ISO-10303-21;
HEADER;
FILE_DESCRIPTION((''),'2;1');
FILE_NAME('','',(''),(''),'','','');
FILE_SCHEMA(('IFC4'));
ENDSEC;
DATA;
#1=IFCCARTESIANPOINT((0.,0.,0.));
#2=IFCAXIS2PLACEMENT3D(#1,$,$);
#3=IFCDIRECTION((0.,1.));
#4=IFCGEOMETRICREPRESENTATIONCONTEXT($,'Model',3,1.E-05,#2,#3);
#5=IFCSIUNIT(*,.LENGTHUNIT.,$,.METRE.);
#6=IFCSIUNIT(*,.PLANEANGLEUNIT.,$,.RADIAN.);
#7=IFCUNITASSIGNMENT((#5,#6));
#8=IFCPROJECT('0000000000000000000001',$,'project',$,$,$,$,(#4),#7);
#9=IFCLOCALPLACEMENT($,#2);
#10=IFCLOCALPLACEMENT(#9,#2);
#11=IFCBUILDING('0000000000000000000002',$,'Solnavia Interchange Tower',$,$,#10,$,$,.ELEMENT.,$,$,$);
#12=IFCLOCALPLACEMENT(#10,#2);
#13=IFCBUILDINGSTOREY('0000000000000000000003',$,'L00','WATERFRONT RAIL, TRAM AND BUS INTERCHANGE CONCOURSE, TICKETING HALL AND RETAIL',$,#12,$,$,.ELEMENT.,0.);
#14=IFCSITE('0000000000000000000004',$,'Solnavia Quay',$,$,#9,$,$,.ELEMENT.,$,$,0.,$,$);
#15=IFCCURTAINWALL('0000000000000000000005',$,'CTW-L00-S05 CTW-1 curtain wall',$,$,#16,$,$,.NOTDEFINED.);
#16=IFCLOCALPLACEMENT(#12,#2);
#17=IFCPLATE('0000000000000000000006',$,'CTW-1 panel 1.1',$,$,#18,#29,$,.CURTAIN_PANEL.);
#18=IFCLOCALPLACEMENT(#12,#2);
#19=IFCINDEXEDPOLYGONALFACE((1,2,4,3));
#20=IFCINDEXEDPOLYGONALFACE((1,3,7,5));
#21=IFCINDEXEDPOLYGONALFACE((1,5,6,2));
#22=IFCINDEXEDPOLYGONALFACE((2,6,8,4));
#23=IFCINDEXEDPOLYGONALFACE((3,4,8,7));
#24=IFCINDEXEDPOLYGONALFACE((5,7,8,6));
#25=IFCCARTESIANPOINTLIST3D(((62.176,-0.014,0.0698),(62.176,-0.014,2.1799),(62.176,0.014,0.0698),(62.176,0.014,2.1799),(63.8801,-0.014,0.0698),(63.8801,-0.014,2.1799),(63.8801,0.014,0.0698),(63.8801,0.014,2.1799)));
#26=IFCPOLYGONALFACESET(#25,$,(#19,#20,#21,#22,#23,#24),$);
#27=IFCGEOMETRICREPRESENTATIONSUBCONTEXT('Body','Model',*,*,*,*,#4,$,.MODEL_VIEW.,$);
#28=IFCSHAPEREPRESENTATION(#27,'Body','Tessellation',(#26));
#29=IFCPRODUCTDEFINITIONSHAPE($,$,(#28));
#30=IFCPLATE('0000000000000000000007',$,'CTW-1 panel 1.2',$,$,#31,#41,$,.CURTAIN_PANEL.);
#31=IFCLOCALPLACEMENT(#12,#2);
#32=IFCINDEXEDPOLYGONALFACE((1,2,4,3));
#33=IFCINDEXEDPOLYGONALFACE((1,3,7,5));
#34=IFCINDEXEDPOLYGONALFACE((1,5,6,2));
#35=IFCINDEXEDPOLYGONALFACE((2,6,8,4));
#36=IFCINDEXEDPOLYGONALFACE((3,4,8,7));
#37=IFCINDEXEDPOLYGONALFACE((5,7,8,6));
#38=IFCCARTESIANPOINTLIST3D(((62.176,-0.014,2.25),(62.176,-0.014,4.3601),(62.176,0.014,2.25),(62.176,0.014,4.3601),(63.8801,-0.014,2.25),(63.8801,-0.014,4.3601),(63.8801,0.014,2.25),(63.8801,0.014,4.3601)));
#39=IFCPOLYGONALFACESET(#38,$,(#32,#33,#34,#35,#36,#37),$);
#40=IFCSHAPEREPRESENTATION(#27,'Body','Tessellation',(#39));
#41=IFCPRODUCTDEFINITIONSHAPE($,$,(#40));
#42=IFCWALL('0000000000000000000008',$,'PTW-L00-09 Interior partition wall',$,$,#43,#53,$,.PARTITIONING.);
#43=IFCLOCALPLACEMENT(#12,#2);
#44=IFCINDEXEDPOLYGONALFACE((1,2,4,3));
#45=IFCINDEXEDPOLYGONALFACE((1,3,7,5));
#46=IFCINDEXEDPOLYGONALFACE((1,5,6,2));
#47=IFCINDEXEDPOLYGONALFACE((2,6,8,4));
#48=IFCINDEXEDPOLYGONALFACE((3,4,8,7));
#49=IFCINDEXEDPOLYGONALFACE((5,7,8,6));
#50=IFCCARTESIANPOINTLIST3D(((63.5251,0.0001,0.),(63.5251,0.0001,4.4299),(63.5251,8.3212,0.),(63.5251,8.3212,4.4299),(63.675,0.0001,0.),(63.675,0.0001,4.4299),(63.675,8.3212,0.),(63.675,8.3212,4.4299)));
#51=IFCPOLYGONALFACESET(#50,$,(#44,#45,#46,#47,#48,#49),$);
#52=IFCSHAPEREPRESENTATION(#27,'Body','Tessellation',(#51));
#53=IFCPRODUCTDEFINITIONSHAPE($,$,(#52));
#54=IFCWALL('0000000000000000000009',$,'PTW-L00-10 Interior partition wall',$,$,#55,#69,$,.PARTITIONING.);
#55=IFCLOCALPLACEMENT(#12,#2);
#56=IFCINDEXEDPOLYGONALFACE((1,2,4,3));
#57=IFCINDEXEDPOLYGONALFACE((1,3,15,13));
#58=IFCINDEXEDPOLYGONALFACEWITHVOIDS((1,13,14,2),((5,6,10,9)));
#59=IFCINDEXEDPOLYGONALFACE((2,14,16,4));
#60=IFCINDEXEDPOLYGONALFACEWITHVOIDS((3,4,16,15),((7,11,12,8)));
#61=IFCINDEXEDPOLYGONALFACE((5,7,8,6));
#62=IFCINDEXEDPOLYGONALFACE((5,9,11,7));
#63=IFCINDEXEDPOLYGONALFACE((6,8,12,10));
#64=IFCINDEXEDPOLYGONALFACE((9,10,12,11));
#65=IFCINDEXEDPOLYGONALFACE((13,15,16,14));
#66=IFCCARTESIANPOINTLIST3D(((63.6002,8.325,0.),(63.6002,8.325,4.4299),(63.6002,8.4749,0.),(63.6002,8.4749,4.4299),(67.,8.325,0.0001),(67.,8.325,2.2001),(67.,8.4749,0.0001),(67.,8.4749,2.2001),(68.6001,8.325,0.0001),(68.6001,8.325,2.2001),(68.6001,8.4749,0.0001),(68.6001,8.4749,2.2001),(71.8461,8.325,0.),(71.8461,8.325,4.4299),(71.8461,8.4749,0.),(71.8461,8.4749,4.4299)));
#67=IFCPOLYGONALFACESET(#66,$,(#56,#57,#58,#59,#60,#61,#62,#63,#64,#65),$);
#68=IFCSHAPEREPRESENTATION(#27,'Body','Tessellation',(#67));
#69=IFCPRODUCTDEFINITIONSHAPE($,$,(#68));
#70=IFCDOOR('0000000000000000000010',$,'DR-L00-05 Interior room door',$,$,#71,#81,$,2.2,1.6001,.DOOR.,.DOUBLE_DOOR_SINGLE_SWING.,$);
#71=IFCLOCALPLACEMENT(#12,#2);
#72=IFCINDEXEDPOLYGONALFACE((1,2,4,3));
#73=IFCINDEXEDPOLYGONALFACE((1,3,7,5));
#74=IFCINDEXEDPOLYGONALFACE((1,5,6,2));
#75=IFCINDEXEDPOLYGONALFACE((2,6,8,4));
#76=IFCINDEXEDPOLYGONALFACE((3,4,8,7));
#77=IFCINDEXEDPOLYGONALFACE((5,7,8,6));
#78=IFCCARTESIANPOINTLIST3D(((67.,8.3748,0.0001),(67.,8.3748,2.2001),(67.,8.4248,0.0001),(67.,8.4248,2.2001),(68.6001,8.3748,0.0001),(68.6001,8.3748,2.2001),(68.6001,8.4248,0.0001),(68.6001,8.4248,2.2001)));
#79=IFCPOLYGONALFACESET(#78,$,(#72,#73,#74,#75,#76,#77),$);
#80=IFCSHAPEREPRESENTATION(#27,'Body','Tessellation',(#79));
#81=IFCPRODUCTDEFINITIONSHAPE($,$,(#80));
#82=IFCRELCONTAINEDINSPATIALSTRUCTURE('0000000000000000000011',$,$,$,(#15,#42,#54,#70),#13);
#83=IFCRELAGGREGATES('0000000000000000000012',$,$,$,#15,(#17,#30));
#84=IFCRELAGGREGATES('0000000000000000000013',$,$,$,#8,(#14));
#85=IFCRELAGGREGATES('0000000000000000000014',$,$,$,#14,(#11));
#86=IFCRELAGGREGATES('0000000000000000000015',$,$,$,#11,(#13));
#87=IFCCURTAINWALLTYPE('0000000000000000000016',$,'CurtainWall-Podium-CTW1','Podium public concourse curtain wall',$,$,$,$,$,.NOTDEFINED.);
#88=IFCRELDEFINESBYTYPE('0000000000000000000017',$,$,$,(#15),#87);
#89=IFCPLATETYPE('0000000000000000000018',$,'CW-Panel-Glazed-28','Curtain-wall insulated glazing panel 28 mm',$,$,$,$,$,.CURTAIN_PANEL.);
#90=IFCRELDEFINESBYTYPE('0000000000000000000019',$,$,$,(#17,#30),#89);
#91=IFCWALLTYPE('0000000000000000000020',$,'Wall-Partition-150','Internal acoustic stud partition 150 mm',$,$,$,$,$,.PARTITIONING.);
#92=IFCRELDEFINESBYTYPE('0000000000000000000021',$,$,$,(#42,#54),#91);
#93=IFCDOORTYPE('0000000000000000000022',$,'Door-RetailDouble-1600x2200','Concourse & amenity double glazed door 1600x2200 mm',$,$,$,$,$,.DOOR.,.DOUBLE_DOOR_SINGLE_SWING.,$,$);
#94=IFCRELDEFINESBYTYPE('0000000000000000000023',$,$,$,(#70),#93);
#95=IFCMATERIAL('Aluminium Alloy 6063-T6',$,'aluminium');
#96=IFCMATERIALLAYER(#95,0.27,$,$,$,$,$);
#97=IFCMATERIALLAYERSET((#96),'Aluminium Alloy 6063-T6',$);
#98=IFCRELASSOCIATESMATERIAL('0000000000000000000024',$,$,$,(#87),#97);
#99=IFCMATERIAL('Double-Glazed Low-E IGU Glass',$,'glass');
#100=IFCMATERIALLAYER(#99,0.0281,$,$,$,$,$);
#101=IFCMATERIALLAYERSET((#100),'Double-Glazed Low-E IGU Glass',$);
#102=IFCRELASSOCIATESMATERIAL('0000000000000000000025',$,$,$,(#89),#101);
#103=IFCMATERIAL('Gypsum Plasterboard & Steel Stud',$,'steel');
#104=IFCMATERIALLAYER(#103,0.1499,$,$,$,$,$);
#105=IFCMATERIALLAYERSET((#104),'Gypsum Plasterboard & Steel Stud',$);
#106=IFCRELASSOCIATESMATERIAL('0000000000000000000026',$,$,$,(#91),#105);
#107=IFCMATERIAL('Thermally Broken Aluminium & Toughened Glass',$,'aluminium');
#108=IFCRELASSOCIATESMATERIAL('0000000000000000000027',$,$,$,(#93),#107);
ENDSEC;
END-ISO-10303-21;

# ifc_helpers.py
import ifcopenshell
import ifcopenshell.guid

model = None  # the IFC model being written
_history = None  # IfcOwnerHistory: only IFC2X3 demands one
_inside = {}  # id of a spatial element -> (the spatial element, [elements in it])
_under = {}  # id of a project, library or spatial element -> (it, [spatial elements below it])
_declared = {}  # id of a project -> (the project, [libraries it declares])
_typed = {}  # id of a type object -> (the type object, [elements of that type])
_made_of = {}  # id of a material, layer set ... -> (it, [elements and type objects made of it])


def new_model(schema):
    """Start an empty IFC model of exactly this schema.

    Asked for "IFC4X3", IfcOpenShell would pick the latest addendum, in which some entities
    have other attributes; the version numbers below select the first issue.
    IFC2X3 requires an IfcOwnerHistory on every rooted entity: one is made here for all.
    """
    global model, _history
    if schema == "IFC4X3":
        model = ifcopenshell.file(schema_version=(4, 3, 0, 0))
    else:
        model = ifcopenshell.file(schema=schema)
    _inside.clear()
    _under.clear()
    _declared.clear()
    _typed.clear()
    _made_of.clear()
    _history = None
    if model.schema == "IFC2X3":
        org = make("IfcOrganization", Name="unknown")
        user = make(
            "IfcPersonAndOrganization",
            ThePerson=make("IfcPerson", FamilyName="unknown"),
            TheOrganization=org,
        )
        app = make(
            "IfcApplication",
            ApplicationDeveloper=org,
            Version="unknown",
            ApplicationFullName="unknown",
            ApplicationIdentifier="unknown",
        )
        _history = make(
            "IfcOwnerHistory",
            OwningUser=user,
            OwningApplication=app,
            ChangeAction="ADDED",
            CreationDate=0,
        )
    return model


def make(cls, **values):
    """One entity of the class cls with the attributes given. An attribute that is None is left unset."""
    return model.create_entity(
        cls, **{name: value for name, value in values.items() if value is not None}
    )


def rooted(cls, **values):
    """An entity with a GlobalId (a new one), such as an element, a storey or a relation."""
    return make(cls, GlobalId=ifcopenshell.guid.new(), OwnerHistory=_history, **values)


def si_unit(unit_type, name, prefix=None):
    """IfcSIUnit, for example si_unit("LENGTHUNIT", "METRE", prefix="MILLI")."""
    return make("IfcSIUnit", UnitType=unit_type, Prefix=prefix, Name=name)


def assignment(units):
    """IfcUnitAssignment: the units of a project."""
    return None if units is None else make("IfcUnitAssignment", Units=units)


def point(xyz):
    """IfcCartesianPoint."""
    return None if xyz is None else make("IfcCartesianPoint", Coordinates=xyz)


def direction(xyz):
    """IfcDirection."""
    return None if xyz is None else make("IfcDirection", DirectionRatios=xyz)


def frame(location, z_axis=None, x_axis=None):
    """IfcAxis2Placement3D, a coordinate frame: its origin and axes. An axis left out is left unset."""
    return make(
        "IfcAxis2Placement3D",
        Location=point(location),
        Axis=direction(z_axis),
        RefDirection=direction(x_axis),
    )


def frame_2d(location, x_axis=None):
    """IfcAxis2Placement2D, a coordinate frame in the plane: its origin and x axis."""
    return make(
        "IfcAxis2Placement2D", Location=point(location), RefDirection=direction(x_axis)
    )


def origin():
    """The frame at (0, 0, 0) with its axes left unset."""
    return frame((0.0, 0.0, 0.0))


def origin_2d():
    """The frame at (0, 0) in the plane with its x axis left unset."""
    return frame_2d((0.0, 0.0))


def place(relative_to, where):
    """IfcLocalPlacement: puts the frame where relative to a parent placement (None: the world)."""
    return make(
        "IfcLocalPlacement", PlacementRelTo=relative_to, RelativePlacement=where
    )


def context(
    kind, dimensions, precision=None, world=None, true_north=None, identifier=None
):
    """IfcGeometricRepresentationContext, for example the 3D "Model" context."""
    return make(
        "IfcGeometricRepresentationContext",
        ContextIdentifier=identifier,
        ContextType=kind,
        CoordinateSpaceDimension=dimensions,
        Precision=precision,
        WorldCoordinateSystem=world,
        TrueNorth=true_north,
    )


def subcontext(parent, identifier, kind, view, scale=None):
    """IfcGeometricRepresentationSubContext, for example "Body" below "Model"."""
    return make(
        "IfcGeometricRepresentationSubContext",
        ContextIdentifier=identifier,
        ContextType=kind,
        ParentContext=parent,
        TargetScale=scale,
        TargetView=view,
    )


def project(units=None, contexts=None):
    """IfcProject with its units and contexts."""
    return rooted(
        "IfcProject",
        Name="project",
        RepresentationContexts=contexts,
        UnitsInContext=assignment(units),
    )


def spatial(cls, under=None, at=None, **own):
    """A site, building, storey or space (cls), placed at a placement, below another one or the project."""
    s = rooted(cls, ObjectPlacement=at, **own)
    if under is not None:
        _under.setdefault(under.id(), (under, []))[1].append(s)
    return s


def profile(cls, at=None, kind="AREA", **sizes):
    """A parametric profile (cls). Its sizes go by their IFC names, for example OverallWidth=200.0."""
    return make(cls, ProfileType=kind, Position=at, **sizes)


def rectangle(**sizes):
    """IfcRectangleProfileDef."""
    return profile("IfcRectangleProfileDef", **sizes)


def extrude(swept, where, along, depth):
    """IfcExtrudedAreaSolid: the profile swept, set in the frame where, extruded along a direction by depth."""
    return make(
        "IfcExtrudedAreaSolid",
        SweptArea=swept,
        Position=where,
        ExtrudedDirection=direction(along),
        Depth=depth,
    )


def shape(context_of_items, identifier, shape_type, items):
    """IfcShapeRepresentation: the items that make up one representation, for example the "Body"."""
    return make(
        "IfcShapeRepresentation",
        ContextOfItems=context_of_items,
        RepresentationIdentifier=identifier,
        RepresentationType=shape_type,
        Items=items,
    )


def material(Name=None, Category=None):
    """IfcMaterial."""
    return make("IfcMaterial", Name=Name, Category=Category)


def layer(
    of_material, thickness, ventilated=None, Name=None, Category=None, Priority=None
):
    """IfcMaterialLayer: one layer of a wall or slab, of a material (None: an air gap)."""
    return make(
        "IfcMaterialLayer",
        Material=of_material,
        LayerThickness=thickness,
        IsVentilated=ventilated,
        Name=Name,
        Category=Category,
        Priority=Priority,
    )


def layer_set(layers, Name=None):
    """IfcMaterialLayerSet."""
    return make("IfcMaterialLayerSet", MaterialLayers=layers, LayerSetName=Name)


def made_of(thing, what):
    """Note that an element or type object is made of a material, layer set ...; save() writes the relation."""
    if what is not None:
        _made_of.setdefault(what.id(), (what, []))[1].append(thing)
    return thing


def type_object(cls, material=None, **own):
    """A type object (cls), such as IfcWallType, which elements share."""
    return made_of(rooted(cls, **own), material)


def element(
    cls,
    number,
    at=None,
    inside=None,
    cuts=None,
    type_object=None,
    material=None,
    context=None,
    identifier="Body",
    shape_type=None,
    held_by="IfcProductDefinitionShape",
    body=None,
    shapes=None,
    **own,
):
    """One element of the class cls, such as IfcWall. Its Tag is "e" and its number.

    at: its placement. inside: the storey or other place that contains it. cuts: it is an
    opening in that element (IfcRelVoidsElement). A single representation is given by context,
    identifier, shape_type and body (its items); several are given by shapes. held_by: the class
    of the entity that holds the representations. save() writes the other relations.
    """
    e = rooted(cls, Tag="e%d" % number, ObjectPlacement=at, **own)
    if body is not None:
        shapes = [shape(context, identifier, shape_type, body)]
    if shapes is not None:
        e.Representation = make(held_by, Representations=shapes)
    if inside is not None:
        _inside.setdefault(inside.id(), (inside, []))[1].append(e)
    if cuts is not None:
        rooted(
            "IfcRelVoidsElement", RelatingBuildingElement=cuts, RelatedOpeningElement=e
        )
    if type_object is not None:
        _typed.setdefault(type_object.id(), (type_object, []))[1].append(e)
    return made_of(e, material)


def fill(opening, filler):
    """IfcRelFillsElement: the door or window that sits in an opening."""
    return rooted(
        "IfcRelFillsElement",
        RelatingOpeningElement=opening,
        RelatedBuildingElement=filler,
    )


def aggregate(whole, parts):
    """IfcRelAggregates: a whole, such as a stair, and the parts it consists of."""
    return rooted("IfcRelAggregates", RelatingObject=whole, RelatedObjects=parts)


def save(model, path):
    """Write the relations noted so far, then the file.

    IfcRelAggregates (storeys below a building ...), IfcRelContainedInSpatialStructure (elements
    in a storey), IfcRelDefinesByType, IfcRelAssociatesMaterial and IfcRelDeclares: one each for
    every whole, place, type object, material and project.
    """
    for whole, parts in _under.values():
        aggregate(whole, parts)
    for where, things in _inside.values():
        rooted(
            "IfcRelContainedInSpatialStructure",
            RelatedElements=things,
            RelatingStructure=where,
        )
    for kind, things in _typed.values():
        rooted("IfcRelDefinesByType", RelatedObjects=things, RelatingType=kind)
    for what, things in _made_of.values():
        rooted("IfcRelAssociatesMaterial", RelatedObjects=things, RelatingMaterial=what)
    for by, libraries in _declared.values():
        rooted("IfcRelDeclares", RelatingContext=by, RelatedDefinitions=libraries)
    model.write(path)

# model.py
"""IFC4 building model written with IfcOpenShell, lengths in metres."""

from ifc_helpers import new_model, si_unit, direction, frame, frame_2d, origin, origin_2d, place, context, subcontext, project, spatial, rectangle, extrude, material, layer, layer_set, type_object, element, fill, aggregate, save


model = new_model("IFC4")

# Units and contexts
model_context = context("Model", 3, precision=1e-05, world=origin(), true_north=direction((0.0, 1.0)))
body_context = subcontext(model_context, "Body", "Model", "MODEL_VIEW")
ifc_project = project(units=[si_unit("LENGTHUNIT", "METRE"), si_unit("PLANEANGLEUNIT", "RADIAN")], contexts=[model_context])

# Site, building, storey
site_placement = place(None, origin())
site = spatial("IfcSite", under=ifc_project, at=site_placement, Name="Solnavia Quay", CompositionType="ELEMENT", RefElevation=0.0)
building_placement = place(site_placement, origin())
building = spatial("IfcBuilding", under=site, at=building_placement, Name="Solnavia Interchange Tower", CompositionType="ELEMENT")
storey_placement = place(building_placement, origin())
storey = spatial("IfcBuildingStorey", under=building, at=storey_placement, Name="L00", Description="WATERFRONT RAIL, TRAM AND BUS INTERCHANGE CONCOURSE, TICKETING HALL AND RETAIL", CompositionType="ELEMENT", Elevation=0.0)

# Curtain wall, plates
ifc_material_1 = material(Name="Aluminium Alloy 6063-T6", Category="aluminium")
ifc_layer_1 = layer(ifc_material_1, 0.27)
ifc_layer_set_1 = layer_set([ifc_layer_1], Name="Aluminium Alloy 6063-T6")
curtain_wall_type = type_object("IfcCurtainWallType", Name="CurtainWall-Podium-CTW1", Description="Podium public concourse curtain wall", PredefinedType="NOTDEFINED", material=ifc_layer_set_1)
curtain_wall_placement = place(storey_placement, origin())
curtain_wall = element("IfcCurtainWall", 1, at=curtain_wall_placement, inside=storey, type_object=curtain_wall_type, Name="CTW-L00-S05 CTW-1 curtain wall", PredefinedType="NOTDEFINED")
ifc_material_2 = material(Name="Double-Glazed Low-E IGU Glass", Category="glass")
ifc_layer_2 = layer(ifc_material_2, 0.0281)
ifc_layer_set_2 = layer_set([ifc_layer_2], Name="Double-Glazed Low-E IGU Glass")
plate_type = type_object("IfcPlateType", Name="CW-Panel-Glazed-28", Description="Curtain-wall insulated glazing panel 28 mm", PredefinedType="CURTAIN_PANEL", material=ifc_layer_set_2)
plate_1_placement = place(storey_placement, frame((63.0281, 0.0, 0.0698), z_axis=(0.0, 0.0, 1.0), x_axis=(-1.0, 0.0, 0.0)))
plate_1 = element("IfcPlate", 2, at=plate_1_placement, type_object=plate_type, Name="CTW-1 panel 1.1", PredefinedType="CURTAIN_PANEL", context=body_context, shape_type="SweptSolid", body=[
    extrude(rectangle(XDim=1.7041, YDim=0.0281, at=origin_2d()), origin(), (0.0, 0.0, 1.0), 2.1101),
])
plate_2_placement = place(storey_placement, frame((63.0281, 0.0, 2.25), z_axis=(0.0, 0.0, 1.0), x_axis=(-1.0, 0.0, 0.0)))
plate_2 = element("IfcPlate", 3, at=plate_2_placement, type_object=plate_type, Name="CTW-1 panel 1.2", PredefinedType="CURTAIN_PANEL", context=body_context, shape_type="SweptSolid", body=[
    extrude(rectangle(XDim=1.7041, YDim=0.0281, at=origin_2d()), origin(), (0.0, 0.0, 1.0), 2.1101),
])
aggregate(curtain_wall, [plate_1, plate_2])

# Wall
ifc_material_3 = material(Name="Gypsum Plasterboard & Steel Stud", Category="steel")
ifc_layer_3 = layer(ifc_material_3, 0.1499)
ifc_layer_set_3 = layer_set([ifc_layer_3], Name="Gypsum Plasterboard & Steel Stud")
wall_type_1 = type_object("IfcWallType", Name="Wall-Partition-150", Description="Internal acoustic stud partition 150 mm", PredefinedType="PARTITIONING", material=ifc_layer_set_3)
wall_1_placement = place(storey_placement, frame((63.6001, 0.0, 0.0), z_axis=(0.0, 0.0, 1.0), x_axis=(0.0, 1.0, 0.0)))
element("IfcWall", 4, at=wall_1_placement, inside=storey, type_object=wall_type_1, Name="PTW-L00-09 Interior partition wall", PredefinedType="PARTITIONING", context=body_context, shape_type="SweptSolid", body=[
    extrude(rectangle(XDim=8.321, YDim=0.1499, at=frame_2d((4.1606, 0.0))), origin(), (0.0, 0.0, 1.0), 4.4299),
])

# Wall, opening, door
wall_2_placement = place(storey_placement, frame((63.6001, 8.3999, 0.0), z_axis=(0.0, 0.0, 1.0), x_axis=(1.0, 0.0, 0.0)))
wall_2 = element("IfcWall", 5, at=wall_2_placement, inside=storey, type_object=wall_type_1, Name="PTW-L00-10 Interior partition wall", PredefinedType="PARTITIONING", context=body_context, shape_type="SweptSolid", body=[
    extrude(rectangle(XDim=8.2458, YDim=0.1499, at=frame_2d((4.123, 0.0))), origin(), (0.0, 0.0, 1.0), 4.4299),
])
opening_1_placement = place(wall_2_placement, frame((3.3999, 0.0, 0.0)))
opening_1 = element("IfcOpeningElement", 6, at=opening_1_placement, cuts=wall_2, PredefinedType="OPENING", context=body_context, shape_type="SweptSolid", body=[
    extrude(rectangle(XDim=1.6001, YDim=2.2, at=frame_2d((0.8, 1.1001))), frame((0.0, 0.085, 0.0), z_axis=(0.0, -1.0, 0.0), x_axis=(1.0, 0.0, 0.0)), (0.0, 0.0, 1.0), 0.1699),
])
ifc_material_4 = material(Name="Thermally Broken Aluminium & Toughened Glass", Category="aluminium")
door_type_1 = type_object("IfcDoorType", Name="Door-RetailDouble-1600x2200", Description="Concourse & amenity double glazed door 1600x2200 mm", OperationType="DOUBLE_DOOR_SINGLE_SWING", PredefinedType="DOOR", material=ifc_material_4)
door_1_placement = place(opening_1_placement, origin())
door_1 = element("IfcDoor", 7, at=door_1_placement, inside=storey, type_object=door_type_1, Name="DR-L00-05 Interior room door", OperationType="DOUBLE_DOOR_SINGLE_SWING", OverallHeight=2.2, OverallWidth=1.6001, PredefinedType="DOOR", context=body_context, shape_type="SweptSolid", body=[
    extrude(rectangle(XDim=1.6001, YDim=2.2, at=frame_2d((0.8, 1.1001))), frame((0.0, 0.0249, 0.0), z_axis=(0.0, -1.0, 0.0), x_axis=(1.0, 0.0, 0.0)), (0.0, 0.0, 1.0), 0.05),
])
fill(opening_1, door_1)

save(model, "model.ifc")
